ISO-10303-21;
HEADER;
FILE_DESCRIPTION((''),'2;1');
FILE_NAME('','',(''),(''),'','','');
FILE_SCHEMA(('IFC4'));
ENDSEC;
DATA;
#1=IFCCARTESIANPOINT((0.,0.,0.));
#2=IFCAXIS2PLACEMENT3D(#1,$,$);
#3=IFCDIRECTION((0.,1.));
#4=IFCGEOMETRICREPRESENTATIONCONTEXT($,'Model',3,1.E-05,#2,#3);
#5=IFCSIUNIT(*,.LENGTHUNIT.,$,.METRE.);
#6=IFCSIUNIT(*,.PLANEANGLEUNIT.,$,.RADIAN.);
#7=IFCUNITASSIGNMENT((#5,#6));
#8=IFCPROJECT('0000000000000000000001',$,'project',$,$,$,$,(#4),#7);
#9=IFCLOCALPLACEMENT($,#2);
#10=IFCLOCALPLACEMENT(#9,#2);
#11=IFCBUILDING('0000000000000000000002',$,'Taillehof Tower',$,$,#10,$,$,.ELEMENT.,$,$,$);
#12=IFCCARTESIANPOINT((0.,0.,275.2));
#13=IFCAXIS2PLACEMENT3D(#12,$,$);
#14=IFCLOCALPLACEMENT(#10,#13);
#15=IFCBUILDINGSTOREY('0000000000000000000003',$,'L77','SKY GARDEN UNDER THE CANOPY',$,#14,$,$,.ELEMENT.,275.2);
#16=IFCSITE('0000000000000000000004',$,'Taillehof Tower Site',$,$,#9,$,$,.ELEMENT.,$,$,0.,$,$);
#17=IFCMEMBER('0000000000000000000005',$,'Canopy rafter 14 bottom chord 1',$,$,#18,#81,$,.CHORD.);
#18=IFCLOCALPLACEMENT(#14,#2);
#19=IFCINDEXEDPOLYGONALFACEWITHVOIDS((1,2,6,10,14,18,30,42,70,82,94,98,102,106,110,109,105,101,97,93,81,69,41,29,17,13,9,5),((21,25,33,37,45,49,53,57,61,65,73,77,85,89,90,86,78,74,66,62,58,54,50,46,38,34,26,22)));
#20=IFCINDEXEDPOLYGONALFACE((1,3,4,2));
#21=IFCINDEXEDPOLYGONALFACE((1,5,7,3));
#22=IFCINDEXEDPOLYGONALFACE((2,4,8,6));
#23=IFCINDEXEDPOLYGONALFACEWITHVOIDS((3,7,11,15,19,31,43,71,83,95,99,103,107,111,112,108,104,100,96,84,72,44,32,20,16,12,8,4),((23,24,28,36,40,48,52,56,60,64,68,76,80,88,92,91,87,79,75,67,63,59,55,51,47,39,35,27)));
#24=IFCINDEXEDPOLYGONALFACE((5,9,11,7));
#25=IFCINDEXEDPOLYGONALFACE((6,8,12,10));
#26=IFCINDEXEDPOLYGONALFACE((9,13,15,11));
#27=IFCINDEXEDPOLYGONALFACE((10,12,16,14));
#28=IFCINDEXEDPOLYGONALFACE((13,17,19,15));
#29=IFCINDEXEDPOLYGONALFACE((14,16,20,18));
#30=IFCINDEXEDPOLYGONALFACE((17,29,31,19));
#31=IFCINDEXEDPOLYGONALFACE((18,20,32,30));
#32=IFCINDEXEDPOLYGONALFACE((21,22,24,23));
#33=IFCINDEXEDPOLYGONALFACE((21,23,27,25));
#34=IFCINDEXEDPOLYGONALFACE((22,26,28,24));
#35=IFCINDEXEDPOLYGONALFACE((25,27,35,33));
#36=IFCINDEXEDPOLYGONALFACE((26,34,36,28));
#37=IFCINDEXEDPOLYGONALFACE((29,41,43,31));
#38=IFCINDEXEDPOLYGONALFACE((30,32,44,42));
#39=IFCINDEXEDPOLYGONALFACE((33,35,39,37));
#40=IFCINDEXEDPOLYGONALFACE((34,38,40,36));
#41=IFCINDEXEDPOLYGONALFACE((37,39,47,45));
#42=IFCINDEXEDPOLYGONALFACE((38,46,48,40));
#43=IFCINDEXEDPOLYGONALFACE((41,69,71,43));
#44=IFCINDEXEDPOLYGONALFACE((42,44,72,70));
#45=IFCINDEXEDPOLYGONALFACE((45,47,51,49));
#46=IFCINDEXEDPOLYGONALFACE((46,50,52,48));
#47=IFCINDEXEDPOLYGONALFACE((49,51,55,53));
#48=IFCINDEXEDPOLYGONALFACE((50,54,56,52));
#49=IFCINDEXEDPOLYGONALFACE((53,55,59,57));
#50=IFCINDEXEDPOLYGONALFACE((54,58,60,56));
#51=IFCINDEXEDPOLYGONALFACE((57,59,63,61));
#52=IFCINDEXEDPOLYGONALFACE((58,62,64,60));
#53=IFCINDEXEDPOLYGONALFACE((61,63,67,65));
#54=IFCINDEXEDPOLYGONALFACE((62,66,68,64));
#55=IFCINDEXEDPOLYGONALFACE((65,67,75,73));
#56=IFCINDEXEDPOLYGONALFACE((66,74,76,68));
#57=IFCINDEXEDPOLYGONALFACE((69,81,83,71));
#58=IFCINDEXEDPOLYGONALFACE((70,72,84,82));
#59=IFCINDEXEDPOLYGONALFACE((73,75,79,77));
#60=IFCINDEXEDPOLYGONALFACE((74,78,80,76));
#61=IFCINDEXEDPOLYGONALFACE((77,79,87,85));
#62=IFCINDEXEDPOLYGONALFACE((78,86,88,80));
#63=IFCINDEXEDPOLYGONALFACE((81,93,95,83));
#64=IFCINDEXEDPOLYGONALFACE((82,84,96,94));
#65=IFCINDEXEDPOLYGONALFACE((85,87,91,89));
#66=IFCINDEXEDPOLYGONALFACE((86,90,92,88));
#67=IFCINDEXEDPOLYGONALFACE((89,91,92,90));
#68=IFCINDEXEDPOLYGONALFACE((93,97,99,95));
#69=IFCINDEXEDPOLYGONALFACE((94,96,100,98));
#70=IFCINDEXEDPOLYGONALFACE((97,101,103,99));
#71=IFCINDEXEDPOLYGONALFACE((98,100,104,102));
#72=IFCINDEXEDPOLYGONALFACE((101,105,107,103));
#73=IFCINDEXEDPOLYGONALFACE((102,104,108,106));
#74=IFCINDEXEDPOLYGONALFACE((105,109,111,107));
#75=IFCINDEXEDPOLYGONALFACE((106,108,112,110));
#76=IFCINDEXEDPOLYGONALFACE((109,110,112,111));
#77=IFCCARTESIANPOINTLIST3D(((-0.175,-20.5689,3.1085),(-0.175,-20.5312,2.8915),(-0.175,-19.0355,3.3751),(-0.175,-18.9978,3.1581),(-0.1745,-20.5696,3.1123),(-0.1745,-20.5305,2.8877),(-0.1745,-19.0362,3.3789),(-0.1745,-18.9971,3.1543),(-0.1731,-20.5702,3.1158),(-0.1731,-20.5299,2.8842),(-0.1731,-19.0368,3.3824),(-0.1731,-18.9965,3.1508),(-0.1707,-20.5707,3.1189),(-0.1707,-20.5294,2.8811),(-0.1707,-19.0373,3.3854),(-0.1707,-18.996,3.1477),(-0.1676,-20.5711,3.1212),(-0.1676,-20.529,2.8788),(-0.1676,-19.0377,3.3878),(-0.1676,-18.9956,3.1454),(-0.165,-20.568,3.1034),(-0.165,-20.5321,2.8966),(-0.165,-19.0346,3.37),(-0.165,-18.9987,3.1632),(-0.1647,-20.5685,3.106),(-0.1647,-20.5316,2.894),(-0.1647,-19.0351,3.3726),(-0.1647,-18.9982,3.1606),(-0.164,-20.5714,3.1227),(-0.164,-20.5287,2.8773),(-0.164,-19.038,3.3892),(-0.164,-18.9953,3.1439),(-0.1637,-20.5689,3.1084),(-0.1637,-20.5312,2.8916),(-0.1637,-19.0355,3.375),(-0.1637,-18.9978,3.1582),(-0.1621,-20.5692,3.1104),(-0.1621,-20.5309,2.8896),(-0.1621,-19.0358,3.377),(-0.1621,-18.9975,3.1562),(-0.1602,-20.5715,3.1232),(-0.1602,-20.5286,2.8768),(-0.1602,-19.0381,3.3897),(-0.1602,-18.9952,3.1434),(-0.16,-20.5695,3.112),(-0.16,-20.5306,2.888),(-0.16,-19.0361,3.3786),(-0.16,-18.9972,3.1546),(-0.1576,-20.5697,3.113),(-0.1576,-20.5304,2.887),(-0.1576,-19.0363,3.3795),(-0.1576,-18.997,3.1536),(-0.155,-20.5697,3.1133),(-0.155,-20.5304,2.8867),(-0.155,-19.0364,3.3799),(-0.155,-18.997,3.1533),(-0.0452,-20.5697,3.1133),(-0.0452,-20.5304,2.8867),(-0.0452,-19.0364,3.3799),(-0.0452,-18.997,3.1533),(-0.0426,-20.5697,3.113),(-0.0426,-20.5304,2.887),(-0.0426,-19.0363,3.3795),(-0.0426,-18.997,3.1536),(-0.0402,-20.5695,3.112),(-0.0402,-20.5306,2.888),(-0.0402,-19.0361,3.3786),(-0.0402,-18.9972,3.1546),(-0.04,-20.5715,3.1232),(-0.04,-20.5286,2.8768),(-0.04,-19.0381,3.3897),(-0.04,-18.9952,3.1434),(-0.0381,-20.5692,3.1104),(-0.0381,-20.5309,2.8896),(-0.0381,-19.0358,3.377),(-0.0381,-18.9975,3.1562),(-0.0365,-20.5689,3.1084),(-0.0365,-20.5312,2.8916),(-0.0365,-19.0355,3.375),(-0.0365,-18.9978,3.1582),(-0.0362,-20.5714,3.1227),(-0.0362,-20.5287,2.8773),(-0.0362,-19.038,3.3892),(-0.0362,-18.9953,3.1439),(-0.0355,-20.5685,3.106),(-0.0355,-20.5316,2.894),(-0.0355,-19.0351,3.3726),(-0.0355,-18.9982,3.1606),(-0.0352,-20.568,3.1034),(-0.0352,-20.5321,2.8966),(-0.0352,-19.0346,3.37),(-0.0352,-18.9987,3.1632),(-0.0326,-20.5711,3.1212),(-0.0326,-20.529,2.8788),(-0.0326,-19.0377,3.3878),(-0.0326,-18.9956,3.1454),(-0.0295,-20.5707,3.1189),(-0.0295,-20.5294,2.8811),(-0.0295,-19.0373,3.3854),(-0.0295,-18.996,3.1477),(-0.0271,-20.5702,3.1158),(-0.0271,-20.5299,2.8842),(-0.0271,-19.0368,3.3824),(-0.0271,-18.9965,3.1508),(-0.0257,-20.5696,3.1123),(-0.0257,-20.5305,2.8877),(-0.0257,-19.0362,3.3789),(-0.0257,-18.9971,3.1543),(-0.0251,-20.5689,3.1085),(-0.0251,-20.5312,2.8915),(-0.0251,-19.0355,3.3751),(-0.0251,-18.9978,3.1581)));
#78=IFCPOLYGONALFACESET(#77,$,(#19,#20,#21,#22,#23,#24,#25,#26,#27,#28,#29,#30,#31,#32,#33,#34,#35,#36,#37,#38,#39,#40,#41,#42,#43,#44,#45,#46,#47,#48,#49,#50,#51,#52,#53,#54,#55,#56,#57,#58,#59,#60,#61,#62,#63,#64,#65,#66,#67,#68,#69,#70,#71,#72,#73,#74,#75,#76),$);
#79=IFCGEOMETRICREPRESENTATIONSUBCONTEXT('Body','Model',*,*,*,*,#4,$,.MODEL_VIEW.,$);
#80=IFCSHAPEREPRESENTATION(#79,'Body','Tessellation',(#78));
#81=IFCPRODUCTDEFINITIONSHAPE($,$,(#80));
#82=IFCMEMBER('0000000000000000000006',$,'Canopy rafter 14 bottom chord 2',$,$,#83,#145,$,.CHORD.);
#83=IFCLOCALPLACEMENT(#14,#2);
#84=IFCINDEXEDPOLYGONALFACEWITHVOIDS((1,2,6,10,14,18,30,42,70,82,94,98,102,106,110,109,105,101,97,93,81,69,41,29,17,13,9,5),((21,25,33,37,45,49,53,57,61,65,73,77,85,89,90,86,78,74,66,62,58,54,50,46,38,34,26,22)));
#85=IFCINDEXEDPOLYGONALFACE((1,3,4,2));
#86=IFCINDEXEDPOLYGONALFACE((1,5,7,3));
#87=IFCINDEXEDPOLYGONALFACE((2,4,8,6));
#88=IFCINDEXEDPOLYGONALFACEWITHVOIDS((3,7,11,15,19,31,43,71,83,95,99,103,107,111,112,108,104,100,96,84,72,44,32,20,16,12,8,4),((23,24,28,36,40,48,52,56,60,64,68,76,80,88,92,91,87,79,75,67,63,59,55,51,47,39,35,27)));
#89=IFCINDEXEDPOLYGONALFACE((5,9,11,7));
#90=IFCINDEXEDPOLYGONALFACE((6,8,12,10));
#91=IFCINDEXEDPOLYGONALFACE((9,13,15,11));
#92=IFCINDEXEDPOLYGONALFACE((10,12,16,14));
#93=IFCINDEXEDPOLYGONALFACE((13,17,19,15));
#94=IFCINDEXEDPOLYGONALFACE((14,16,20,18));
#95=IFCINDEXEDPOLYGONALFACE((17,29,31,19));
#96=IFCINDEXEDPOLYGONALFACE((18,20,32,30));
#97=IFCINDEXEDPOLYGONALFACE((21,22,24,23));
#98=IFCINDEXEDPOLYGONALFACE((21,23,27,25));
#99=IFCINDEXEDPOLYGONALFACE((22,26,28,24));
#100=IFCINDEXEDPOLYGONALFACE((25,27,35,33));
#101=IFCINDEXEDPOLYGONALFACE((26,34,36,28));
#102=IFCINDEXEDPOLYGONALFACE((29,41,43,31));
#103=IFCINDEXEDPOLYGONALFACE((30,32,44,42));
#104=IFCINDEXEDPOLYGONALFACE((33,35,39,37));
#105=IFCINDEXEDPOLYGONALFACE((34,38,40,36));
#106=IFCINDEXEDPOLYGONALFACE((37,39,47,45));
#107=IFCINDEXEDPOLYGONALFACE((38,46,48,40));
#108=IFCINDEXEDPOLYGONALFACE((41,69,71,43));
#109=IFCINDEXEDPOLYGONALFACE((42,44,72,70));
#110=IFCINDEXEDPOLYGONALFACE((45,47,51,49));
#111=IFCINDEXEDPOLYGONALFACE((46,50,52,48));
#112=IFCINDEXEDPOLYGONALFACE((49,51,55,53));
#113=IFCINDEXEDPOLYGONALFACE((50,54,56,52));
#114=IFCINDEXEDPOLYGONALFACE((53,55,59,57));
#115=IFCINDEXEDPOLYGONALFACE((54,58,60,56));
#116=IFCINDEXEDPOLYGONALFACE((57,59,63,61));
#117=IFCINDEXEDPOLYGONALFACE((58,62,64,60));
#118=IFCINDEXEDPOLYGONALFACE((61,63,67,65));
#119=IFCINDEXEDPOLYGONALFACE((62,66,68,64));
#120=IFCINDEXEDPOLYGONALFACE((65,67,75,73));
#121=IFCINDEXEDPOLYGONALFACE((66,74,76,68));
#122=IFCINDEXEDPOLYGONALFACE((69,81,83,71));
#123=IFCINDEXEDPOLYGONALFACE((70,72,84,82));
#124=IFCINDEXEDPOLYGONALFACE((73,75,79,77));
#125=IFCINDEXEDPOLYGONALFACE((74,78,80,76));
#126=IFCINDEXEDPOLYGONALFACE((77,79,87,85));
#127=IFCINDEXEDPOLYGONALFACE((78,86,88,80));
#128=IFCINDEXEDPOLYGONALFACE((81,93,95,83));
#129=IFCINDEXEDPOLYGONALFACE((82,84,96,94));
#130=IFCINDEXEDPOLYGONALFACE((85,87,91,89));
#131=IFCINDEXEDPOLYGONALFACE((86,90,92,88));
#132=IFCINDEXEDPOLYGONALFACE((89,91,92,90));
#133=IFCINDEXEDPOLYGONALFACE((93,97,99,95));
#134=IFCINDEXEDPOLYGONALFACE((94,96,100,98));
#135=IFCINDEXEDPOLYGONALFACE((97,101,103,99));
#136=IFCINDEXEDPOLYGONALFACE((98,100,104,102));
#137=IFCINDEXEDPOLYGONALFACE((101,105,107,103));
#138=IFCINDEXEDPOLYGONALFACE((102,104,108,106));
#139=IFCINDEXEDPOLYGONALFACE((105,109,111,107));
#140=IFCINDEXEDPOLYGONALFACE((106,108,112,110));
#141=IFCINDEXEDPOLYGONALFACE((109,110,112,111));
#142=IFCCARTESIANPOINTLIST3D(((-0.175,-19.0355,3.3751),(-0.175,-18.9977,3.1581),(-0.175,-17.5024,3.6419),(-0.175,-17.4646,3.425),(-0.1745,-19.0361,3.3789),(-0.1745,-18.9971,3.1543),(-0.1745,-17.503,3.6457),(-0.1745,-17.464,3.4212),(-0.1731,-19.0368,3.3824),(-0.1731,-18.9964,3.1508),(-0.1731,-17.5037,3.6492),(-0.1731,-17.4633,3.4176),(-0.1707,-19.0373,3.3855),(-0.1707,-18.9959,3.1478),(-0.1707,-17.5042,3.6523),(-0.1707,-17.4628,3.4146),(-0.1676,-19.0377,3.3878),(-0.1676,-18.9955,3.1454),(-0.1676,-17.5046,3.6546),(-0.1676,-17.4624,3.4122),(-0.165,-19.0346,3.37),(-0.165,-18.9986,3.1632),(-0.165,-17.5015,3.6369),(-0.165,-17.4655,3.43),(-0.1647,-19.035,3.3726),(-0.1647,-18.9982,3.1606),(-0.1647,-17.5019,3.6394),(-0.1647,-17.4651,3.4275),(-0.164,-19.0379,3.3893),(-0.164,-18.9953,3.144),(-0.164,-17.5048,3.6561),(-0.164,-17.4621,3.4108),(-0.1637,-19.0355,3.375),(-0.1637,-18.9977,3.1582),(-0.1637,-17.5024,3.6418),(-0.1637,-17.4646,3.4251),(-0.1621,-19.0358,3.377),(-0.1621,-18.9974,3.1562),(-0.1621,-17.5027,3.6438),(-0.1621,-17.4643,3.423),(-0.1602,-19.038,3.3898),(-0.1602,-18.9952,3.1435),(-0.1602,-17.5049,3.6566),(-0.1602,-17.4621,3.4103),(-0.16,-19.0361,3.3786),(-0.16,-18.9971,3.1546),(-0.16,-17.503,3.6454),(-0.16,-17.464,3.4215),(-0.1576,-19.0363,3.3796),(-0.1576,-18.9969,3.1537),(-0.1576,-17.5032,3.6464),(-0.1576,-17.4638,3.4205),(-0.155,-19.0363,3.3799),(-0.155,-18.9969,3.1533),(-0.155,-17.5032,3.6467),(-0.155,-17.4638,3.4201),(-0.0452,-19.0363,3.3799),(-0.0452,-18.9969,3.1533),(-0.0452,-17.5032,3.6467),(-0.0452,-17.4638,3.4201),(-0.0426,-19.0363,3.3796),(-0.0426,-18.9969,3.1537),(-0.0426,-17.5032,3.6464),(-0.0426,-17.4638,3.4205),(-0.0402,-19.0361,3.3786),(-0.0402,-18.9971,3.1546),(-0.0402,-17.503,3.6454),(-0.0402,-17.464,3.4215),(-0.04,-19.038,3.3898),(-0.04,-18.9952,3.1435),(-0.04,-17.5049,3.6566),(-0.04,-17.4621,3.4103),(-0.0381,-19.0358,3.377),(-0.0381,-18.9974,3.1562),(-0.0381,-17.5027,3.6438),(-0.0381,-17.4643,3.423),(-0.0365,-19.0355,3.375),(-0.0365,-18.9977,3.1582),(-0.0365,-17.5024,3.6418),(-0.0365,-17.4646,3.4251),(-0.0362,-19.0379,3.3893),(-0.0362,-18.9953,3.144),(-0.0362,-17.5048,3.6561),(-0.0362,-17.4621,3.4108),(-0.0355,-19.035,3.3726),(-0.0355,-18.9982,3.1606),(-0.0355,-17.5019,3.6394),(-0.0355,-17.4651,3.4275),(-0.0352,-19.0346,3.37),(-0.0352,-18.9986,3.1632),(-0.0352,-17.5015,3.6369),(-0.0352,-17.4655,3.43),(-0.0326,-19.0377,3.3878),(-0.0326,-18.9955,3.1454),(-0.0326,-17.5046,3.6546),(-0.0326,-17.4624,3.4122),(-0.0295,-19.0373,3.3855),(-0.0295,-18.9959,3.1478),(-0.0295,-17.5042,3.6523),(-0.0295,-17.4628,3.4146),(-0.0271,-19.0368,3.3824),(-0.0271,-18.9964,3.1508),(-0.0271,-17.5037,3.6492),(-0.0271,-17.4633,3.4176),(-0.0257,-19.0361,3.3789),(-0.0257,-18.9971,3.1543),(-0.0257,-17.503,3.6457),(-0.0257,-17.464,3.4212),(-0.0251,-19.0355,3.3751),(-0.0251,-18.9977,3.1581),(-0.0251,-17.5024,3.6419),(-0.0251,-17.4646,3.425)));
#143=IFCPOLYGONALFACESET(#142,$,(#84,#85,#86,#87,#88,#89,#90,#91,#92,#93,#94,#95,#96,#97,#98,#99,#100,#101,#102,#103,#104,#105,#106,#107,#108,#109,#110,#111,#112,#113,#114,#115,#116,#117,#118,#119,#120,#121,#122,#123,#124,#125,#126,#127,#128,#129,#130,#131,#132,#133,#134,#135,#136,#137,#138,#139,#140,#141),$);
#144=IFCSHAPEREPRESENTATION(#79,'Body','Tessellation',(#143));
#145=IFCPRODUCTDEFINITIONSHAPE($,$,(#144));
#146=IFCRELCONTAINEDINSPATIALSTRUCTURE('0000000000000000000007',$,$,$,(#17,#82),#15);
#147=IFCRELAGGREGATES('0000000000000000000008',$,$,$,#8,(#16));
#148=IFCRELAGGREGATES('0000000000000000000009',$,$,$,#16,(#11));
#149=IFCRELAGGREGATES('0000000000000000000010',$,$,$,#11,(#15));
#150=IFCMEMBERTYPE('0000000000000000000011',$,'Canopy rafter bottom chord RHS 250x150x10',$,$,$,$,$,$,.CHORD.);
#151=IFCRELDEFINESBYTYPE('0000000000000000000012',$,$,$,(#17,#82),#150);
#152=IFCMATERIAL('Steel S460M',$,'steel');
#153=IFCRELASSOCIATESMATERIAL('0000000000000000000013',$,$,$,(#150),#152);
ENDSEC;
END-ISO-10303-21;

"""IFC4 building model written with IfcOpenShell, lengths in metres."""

from ifc_helpers import new_model, si_unit, direction, frame, origin, origin_2d, place, context, subcontext, project, spatial, hollow_rectangle, extrude, material, material_profile, profile_set, type_object, element, save


model = new_model("IFC4")

# Units and contexts
model_context = context("Model", 3, precision=1e-05, world=origin(), true_north=direction((0.0, 1.0)))
body_context = subcontext(model_context, "Body", "Model", "MODEL_VIEW")
ifc_project = project(units=[si_unit("LENGTHUNIT", "METRE"), si_unit("PLANEANGLEUNIT", "RADIAN")], contexts=[model_context])

# Site, building, storey
site_placement = place(None, origin())
site = spatial("IfcSite", under=ifc_project, at=site_placement, Name="Taillehof Tower Site", CompositionType="ELEMENT", RefElevation=0.0)
building_placement = place(site_placement, origin())
building = spatial("IfcBuilding", under=site, at=building_placement, Name="Taillehof Tower", CompositionType="ELEMENT")
storey_placement = place(building_placement, frame((0.0, 0.0, 275.2)))
storey = spatial("IfcBuildingStorey", under=building, at=storey_placement, Name="L77", Description="SKY GARDEN UNDER THE CANOPY", CompositionType="ELEMENT", Elevation=275.2)

# Members
ifc_material_1 = material(Name="Steel S460M", Category="steel")
ifc_material_profile_1 = material_profile(ifc_material_1, hollow_rectangle(XDim=0.1499, YDim=0.25, WallThickness=0.01, InnerFilletRadius=0.01, OuterFilletRadius=0.0149, at=origin_2d()), Name="RHS 250x150x10")
ifc_profile_set_1 = profile_set([ifc_material_profile_1], Name="Steel S460M")
member_type_1 = type_object("IfcMemberType", Name="Canopy rafter bottom chord RHS 250x150x10", PredefinedType="CHORD", material=ifc_profile_set_1)
member_1_placement = place(storey_placement, frame((-0.1001, -20.55, 3.0), z_axis=(0.0, 0.985221, 0.171288), x_axis=(-1.0, 0.0, 0.0)))
element("IfcMember", 1, at=member_1_placement, inside=storey, type_object=member_type_1, Name="Canopy rafter 14 bottom chord 1", PredefinedType="CHORD", context=body_context, shape_type="SweptSolid", body=[
    extrude(hollow_rectangle(XDim=0.1499, YDim=0.25, WallThickness=0.01, InnerFilletRadius=0.01, OuterFilletRadius=0.0149, at=origin_2d()), origin(), (0.0, 0.0, 1.0), 1.5564),
])
member_2_placement = place(storey_placement, frame((-0.1001, -19.0166, 3.2666), z_axis=(0.0, 0.98519, 0.171467), x_axis=(-1.0, 0.0, 0.0)))
element("IfcMember", 2, at=member_2_placement, inside=storey, type_object=member_type_1, Name="Canopy rafter 14 bottom chord 2", PredefinedType="CHORD", context=body_context, shape_type="SweptSolid", body=[
    extrude(hollow_rectangle(XDim=0.1499, YDim=0.25, WallThickness=0.01, InnerFilletRadius=0.01, OuterFilletRadius=0.0149, at=origin_2d()), origin(), (0.0, 0.0, 1.0), 1.5562),
])

save(model, "model.ifc")
